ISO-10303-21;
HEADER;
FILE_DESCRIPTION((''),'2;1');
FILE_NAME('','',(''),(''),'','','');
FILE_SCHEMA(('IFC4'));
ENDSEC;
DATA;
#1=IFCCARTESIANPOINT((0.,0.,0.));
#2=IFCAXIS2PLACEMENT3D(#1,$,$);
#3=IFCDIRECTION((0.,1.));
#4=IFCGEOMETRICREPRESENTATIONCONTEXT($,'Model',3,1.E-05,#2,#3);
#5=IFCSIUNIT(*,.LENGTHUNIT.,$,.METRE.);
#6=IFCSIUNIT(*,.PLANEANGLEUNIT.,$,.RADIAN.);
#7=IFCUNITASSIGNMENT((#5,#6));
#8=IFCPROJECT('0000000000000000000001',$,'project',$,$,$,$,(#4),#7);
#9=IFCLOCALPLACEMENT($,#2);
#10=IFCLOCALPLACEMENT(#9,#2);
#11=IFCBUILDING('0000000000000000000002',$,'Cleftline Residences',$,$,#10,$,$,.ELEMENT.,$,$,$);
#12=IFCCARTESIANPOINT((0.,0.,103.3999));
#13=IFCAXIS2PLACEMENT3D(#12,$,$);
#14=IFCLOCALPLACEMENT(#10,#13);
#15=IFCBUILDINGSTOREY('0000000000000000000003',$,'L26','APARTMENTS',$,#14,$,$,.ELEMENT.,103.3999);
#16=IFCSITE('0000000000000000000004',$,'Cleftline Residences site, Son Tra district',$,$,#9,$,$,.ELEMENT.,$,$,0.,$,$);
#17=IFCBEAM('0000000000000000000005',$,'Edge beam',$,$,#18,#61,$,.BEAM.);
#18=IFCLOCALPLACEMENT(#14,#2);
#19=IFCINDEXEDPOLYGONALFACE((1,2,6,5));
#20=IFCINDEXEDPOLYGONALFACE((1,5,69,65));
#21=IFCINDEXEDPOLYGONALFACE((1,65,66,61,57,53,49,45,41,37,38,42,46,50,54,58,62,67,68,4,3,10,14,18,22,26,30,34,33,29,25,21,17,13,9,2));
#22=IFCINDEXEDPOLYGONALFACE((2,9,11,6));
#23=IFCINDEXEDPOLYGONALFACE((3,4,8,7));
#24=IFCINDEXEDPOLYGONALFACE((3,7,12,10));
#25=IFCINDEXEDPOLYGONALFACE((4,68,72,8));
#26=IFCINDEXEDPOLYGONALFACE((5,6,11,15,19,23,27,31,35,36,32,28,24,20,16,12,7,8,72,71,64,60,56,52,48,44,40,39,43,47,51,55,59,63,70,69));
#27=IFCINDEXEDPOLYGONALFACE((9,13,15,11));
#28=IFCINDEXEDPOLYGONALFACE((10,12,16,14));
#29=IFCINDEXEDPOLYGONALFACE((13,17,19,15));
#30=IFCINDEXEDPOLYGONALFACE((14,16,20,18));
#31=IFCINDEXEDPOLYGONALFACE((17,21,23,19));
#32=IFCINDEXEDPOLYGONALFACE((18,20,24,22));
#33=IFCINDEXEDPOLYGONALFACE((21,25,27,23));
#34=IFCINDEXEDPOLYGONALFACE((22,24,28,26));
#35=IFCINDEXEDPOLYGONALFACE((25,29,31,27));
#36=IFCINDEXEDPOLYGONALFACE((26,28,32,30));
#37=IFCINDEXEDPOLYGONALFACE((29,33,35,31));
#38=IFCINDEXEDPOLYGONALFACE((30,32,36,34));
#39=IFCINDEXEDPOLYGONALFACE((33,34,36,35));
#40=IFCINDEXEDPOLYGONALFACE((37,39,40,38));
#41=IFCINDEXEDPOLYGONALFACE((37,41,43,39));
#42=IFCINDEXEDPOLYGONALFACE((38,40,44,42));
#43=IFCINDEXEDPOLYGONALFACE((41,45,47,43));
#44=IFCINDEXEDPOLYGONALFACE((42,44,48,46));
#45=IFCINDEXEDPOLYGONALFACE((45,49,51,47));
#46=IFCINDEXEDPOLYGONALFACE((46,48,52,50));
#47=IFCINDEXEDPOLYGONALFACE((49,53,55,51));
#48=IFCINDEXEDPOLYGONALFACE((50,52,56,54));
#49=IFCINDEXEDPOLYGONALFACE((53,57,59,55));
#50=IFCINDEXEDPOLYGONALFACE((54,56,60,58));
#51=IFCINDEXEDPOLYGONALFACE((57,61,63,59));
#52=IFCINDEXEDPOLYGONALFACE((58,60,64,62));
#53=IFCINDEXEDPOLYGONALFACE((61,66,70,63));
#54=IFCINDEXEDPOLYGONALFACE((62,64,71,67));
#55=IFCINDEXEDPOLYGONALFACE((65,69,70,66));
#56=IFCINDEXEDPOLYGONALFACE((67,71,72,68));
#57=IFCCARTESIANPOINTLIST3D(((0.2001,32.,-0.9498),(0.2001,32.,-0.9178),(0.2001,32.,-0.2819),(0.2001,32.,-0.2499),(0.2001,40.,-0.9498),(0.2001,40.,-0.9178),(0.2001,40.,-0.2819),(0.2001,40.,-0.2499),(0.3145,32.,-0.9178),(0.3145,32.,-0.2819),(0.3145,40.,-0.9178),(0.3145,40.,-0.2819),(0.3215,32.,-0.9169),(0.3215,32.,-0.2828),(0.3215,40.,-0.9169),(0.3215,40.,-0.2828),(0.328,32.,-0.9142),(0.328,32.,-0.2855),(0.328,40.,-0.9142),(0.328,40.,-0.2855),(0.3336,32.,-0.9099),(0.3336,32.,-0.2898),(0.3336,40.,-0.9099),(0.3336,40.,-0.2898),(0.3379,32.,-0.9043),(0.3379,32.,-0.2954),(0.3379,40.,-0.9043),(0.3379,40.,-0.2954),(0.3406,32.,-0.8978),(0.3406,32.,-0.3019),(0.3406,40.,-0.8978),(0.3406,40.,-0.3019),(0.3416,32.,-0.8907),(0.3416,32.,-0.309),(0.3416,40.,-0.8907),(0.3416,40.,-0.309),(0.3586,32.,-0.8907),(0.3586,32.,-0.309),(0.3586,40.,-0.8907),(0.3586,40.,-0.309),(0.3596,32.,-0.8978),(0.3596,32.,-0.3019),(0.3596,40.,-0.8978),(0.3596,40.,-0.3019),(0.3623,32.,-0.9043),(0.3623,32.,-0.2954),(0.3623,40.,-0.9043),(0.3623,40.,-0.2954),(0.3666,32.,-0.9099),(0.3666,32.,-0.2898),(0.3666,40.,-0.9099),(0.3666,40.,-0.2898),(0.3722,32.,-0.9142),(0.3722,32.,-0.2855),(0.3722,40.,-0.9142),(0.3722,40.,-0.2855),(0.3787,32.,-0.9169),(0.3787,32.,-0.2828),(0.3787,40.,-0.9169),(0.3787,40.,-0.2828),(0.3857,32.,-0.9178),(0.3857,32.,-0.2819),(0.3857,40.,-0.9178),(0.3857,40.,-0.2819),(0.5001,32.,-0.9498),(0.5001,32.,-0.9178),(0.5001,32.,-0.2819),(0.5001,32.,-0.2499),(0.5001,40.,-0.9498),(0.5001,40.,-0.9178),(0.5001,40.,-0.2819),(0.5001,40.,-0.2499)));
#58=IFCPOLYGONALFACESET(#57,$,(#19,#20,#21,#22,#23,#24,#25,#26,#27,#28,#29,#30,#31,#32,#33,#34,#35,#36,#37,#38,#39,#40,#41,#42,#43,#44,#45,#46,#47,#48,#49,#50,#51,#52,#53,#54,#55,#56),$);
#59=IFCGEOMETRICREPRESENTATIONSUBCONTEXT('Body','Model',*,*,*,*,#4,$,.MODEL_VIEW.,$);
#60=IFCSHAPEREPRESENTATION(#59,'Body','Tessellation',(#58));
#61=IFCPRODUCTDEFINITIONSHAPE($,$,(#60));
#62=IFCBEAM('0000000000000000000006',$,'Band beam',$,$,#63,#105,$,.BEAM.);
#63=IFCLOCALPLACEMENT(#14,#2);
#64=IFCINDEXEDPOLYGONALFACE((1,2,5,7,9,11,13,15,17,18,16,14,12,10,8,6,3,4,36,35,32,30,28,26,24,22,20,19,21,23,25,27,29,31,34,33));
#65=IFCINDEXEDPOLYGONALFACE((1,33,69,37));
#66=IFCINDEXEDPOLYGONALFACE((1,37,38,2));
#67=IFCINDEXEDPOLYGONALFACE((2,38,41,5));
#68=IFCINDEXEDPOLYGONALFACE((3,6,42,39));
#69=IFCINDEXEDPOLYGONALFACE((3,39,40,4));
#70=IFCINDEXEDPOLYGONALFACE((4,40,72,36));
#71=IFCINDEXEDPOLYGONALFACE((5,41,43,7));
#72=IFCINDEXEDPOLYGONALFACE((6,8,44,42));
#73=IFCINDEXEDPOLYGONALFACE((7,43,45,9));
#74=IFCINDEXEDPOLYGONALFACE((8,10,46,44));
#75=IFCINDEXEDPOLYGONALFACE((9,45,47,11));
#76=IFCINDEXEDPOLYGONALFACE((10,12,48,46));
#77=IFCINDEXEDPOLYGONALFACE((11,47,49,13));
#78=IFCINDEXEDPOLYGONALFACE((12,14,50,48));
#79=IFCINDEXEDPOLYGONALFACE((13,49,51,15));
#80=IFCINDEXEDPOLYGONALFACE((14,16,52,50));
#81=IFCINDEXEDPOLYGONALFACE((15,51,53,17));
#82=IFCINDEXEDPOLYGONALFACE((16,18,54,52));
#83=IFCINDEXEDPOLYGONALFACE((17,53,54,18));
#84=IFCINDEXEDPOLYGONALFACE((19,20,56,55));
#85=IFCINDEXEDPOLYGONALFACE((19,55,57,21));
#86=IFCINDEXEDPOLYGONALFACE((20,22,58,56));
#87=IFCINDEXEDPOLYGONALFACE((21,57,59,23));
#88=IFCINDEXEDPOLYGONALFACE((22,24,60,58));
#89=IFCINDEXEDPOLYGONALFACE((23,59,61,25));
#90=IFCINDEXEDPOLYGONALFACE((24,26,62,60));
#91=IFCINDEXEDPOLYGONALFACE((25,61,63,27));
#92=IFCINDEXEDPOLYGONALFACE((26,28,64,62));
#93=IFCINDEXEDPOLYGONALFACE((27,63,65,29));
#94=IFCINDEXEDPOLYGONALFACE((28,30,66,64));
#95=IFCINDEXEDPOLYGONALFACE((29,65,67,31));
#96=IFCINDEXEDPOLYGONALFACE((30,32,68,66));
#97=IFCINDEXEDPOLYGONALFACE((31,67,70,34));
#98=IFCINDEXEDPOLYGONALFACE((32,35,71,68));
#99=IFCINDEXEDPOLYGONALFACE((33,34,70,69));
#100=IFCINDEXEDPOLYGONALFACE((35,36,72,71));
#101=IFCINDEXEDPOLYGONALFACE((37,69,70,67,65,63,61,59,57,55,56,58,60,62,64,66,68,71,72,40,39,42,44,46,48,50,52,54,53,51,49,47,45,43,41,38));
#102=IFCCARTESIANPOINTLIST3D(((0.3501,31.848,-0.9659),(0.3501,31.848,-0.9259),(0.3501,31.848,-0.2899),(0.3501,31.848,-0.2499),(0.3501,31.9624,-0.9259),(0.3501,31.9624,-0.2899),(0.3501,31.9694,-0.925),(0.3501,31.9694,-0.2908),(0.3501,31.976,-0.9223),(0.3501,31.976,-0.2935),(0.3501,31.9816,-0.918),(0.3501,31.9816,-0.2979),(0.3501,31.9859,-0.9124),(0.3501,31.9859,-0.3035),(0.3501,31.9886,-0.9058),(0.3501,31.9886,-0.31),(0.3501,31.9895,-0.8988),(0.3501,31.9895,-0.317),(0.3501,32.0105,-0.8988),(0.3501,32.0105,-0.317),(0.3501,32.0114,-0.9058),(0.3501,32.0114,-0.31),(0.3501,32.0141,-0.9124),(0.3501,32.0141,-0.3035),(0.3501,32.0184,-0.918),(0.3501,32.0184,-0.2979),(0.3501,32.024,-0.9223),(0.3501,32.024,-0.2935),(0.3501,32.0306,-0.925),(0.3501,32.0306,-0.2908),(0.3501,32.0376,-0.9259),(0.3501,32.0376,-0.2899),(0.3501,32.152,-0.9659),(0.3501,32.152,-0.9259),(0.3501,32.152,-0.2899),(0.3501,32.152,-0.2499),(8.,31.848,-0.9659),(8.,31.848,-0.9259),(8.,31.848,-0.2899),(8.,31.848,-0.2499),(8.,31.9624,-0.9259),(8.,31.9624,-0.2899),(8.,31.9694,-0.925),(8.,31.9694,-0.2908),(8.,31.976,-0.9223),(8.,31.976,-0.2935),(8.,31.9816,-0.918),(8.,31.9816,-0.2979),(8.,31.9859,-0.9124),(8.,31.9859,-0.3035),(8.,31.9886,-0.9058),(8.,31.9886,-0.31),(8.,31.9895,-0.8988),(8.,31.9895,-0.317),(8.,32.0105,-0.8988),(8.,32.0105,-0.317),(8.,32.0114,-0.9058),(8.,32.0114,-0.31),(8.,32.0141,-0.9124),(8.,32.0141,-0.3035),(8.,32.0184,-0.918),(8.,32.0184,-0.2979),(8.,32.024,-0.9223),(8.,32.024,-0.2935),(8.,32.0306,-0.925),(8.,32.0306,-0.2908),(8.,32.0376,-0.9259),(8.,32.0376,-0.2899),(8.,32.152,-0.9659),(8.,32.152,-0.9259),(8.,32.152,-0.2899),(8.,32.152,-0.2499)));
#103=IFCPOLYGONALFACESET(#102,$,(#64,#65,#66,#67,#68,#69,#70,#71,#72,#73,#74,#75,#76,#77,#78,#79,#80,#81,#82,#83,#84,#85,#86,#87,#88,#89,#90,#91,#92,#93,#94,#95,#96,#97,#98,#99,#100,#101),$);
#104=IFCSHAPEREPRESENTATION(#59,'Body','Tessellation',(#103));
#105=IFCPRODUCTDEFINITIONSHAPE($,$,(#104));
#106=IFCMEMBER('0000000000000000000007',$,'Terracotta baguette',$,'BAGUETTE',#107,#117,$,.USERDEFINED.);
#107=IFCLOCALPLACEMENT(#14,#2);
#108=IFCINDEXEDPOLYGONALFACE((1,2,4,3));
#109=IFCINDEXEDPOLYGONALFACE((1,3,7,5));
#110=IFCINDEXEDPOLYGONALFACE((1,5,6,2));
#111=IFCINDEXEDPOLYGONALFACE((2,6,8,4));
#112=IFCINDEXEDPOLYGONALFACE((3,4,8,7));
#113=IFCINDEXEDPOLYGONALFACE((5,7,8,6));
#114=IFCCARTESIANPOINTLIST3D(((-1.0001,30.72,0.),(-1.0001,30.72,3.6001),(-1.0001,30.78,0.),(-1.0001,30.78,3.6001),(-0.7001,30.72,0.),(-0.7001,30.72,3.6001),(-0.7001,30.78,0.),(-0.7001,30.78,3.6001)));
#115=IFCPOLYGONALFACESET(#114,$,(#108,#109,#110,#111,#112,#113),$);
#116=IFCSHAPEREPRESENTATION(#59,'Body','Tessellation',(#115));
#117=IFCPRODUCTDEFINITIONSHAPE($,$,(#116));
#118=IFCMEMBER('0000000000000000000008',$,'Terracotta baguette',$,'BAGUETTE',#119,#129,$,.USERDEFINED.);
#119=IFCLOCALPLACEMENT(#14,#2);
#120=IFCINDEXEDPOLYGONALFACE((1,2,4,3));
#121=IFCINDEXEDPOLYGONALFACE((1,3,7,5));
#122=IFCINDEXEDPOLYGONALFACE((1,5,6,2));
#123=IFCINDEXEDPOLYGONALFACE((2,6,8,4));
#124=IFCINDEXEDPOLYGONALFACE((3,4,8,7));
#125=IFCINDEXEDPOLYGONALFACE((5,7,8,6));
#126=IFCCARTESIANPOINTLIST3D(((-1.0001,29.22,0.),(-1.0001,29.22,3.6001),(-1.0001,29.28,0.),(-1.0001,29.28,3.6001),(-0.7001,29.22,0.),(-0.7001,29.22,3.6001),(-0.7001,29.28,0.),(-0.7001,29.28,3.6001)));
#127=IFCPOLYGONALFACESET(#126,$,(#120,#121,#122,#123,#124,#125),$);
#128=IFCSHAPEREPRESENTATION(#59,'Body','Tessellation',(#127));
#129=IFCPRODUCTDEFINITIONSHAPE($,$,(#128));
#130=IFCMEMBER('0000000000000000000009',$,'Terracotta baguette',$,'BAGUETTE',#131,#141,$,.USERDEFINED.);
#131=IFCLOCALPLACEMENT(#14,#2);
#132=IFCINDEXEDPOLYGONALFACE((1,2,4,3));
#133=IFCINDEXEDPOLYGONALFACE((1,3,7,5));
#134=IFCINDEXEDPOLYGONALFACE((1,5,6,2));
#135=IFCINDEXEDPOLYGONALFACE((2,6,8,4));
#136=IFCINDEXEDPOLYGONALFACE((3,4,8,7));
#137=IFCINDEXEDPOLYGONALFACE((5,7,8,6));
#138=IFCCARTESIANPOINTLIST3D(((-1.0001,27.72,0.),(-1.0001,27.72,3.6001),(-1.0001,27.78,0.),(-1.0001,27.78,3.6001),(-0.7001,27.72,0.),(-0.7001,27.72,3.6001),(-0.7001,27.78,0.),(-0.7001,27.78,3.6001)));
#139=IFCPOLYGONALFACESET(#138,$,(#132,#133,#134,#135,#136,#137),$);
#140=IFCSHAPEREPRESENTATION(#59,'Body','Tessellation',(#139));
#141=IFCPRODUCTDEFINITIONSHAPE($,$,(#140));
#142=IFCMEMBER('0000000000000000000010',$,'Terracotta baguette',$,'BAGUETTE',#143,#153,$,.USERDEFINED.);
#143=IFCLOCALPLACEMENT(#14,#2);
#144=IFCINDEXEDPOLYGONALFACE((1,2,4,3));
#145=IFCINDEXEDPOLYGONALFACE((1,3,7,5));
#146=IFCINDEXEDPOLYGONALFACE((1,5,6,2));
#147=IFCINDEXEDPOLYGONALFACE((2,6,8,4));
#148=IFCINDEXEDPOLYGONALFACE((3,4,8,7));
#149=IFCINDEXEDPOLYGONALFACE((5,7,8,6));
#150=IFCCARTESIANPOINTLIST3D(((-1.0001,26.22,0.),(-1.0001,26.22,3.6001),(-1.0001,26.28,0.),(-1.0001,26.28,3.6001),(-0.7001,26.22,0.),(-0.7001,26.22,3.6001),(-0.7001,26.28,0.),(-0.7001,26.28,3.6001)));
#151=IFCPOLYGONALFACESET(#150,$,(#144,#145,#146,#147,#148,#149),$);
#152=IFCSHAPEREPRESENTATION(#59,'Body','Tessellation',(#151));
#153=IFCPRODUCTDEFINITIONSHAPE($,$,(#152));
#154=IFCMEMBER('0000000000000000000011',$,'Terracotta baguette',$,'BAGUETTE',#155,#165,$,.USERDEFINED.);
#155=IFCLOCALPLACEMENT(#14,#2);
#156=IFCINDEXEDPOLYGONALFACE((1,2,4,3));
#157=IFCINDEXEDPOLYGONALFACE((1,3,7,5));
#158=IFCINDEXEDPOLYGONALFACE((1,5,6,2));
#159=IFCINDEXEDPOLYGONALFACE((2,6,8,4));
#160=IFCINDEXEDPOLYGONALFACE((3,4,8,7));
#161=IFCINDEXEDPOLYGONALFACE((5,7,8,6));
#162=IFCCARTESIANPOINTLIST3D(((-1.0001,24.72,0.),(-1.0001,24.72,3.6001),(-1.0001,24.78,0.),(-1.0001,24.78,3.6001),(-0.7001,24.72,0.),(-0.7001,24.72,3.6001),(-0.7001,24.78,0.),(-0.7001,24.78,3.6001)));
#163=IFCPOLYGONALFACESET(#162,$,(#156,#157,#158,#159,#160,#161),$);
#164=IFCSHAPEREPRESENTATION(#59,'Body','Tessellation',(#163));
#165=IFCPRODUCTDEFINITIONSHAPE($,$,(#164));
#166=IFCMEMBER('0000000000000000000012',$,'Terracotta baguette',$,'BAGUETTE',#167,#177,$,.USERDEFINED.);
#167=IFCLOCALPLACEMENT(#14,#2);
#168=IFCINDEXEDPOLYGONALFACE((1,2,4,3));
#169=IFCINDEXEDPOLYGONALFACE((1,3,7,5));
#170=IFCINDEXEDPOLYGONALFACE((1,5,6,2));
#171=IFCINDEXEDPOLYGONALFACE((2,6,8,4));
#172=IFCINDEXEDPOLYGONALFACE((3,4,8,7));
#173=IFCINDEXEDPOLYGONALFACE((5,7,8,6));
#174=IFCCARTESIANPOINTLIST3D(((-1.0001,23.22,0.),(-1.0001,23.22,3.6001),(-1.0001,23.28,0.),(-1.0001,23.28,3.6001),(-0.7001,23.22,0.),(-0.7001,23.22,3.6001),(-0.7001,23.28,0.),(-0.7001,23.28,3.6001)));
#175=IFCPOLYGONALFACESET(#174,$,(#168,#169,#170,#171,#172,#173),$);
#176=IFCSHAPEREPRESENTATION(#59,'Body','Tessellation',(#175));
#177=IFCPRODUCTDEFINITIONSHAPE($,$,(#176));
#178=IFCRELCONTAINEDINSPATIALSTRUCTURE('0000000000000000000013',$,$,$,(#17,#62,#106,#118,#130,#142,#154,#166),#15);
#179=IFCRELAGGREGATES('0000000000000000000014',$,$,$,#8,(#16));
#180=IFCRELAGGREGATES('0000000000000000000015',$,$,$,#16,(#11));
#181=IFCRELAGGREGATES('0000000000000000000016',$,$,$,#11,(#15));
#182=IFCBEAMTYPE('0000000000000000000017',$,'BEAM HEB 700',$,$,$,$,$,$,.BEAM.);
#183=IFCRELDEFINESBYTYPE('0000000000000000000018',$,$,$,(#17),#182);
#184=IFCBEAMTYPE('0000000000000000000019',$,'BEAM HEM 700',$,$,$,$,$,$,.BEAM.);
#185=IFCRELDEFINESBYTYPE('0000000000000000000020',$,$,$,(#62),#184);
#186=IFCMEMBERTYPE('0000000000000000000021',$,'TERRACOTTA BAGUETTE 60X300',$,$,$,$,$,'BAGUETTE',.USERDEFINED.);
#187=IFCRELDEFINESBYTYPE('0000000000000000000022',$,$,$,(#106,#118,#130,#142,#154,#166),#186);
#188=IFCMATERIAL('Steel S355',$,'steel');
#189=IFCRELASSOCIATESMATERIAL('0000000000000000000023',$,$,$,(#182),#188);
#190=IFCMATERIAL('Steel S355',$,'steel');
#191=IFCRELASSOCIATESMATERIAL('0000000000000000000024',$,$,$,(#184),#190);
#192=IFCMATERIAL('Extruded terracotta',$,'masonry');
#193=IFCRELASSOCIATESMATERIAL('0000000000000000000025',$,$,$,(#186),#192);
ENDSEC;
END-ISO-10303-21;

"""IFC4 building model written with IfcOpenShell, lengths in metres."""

from ifc_helpers import new_model, si_unit, direction, frame, origin, origin_2d, place, context, subcontext, project, spatial, rectangle, i_section, extrude, material, material_profile, profile_set, type_object, element, save


model = new_model("IFC4")

# Units and contexts
model_context = context("Model", 3, precision=1e-05, world=origin(), true_north=direction((0.0, 1.0)))
body_context = subcontext(model_context, "Body", "Model", "MODEL_VIEW")
ifc_project = project(units=[si_unit("LENGTHUNIT", "METRE"), si_unit("PLANEANGLEUNIT", "RADIAN")], contexts=[model_context])

# Site, building, storey
site_placement = place(None, origin())
site = spatial("IfcSite", under=ifc_project, at=site_placement, Name="Cleftline Residences site, Son Tra district", CompositionType="ELEMENT", RefElevation=0.0)
building_placement = place(site_placement, origin())
building = spatial("IfcBuilding", under=site, at=building_placement, Name="Cleftline Residences", CompositionType="ELEMENT")
storey_placement = place(building_placement, frame((0.0, 0.0, 103.3999)))
storey = spatial("IfcBuildingStorey", under=building, at=storey_placement, Name="L26", Description="APARTMENTS", CompositionType="ELEMENT", Elevation=103.3999)

# Beams
ifc_material_1 = material(Name="Steel S355", Category="steel")
ifc_material_profile_1 = material_profile(ifc_material_1, i_section(OverallWidth=0.3, OverallDepth=0.7, WebThickness=0.0171, FlangeThickness=0.032, FilletRadius=0.0271, at=origin_2d()))
ifc_profile_set_1 = profile_set([ifc_material_profile_1], Name="Steel S355")
beam_type_1 = type_object("IfcBeamType", Name="BEAM HEB 700", PredefinedType="BEAM", material=ifc_profile_set_1)
for number, where, z_axis, x_axis, name in (
    (1, (0.3501, 32.0, -0.5999), (0.0, 1.0, 0.0), (-1.0, 0.0, 0.0), "Edge beam"),
):
    element("IfcBeam", number, at=place(storey_placement, frame(where, z_axis=z_axis, x_axis=x_axis)), inside=storey, type_object=beam_type_1, Name=name, PredefinedType="BEAM", context=body_context, shape_type="SweptSolid", body=[
        extrude(i_section(OverallWidth=0.3, OverallDepth=0.7, WebThickness=0.0171, FlangeThickness=0.032, FilletRadius=0.0271, at=origin_2d()), origin(), (0.0, 0.0, 1.0), 8.0),
    ])
ifc_material_2 = material(Name="Steel S355", Category="steel")
ifc_material_profile_2 = material_profile(ifc_material_2, i_section(OverallWidth=0.304, OverallDepth=0.7161, WebThickness=0.021, FlangeThickness=0.04, FilletRadius=0.0271, at=origin_2d()))
ifc_profile_set_2 = profile_set([ifc_material_profile_2], Name="Steel S355")
beam_type_2 = type_object("IfcBeamType", Name="BEAM HEM 700", PredefinedType="BEAM", material=ifc_profile_set_2)
beam_placement = place(storey_placement, frame((0.3501, 32.0, -0.6079), z_axis=(1.0, 0.0, 0.0), x_axis=(0.0, 1.0, 0.0)))
element("IfcBeam", 2, at=beam_placement, inside=storey, type_object=beam_type_2, Name="Band beam", PredefinedType="BEAM", context=body_context, shape_type="SweptSolid", body=[
    extrude(i_section(OverallWidth=0.304, OverallDepth=0.7161, WebThickness=0.021, FlangeThickness=0.04, FilletRadius=0.0271, at=origin_2d()), origin(), (0.0, 0.0, 1.0), 7.6499),
])

# Members
ifc_material_3 = material(Name="Extruded terracotta", Category="masonry")
ifc_material_profile_3 = material_profile(ifc_material_3, rectangle(XDim=0.0601, YDim=0.3, at=origin_2d()))
ifc_profile_set_3 = profile_set([ifc_material_profile_3], Name="Extruded terracotta")
member_type_1 = type_object("IfcMemberType", Name="TERRACOTTA BAGUETTE 60X300", ElementType="BAGUETTE", PredefinedType="USERDEFINED", material=ifc_profile_set_3)
for number, where, z_axis, x_axis, name in (
    (3, (-0.8501, 30.75, 0.0), (0.0, 0.0, 1.0), (0.0, 1.0, 0.0), "Terracotta baguette"),
    (4, (-0.8501, 29.25, 0.0), (0.0, 0.0, 1.0), (0.0, 1.0, 0.0), "Terracotta baguette"),
    (5, (-0.8501, 27.75, 0.0), (0.0, 0.0, 1.0), (0.0, 1.0, 0.0), "Terracotta baguette"),
    (6, (-0.8501, 26.25, 0.0), (0.0, 0.0, 1.0), (0.0, 1.0, 0.0), "Terracotta baguette"),
    (7, (-0.8501, 24.75, 0.0), (0.0, 0.0, 1.0), (0.0, 1.0, 0.0), "Terracotta baguette"),
    (8, (-0.8501, 23.25, 0.0), (0.0, 0.0, 1.0), (0.0, 1.0, 0.0), "Terracotta baguette"),
):
    element("IfcMember", number, at=place(storey_placement, frame(where, z_axis=z_axis, x_axis=x_axis)), inside=storey, type_object=member_type_1, Name=name, ObjectType="BAGUETTE", PredefinedType="USERDEFINED", context=body_context, shape_type="SweptSolid", body=[
        extrude(rectangle(XDim=0.0601, YDim=0.3, at=origin_2d()), origin(), (0.0, 0.0, 1.0), 3.6001),
    ])

save(model, "model.ifc")
